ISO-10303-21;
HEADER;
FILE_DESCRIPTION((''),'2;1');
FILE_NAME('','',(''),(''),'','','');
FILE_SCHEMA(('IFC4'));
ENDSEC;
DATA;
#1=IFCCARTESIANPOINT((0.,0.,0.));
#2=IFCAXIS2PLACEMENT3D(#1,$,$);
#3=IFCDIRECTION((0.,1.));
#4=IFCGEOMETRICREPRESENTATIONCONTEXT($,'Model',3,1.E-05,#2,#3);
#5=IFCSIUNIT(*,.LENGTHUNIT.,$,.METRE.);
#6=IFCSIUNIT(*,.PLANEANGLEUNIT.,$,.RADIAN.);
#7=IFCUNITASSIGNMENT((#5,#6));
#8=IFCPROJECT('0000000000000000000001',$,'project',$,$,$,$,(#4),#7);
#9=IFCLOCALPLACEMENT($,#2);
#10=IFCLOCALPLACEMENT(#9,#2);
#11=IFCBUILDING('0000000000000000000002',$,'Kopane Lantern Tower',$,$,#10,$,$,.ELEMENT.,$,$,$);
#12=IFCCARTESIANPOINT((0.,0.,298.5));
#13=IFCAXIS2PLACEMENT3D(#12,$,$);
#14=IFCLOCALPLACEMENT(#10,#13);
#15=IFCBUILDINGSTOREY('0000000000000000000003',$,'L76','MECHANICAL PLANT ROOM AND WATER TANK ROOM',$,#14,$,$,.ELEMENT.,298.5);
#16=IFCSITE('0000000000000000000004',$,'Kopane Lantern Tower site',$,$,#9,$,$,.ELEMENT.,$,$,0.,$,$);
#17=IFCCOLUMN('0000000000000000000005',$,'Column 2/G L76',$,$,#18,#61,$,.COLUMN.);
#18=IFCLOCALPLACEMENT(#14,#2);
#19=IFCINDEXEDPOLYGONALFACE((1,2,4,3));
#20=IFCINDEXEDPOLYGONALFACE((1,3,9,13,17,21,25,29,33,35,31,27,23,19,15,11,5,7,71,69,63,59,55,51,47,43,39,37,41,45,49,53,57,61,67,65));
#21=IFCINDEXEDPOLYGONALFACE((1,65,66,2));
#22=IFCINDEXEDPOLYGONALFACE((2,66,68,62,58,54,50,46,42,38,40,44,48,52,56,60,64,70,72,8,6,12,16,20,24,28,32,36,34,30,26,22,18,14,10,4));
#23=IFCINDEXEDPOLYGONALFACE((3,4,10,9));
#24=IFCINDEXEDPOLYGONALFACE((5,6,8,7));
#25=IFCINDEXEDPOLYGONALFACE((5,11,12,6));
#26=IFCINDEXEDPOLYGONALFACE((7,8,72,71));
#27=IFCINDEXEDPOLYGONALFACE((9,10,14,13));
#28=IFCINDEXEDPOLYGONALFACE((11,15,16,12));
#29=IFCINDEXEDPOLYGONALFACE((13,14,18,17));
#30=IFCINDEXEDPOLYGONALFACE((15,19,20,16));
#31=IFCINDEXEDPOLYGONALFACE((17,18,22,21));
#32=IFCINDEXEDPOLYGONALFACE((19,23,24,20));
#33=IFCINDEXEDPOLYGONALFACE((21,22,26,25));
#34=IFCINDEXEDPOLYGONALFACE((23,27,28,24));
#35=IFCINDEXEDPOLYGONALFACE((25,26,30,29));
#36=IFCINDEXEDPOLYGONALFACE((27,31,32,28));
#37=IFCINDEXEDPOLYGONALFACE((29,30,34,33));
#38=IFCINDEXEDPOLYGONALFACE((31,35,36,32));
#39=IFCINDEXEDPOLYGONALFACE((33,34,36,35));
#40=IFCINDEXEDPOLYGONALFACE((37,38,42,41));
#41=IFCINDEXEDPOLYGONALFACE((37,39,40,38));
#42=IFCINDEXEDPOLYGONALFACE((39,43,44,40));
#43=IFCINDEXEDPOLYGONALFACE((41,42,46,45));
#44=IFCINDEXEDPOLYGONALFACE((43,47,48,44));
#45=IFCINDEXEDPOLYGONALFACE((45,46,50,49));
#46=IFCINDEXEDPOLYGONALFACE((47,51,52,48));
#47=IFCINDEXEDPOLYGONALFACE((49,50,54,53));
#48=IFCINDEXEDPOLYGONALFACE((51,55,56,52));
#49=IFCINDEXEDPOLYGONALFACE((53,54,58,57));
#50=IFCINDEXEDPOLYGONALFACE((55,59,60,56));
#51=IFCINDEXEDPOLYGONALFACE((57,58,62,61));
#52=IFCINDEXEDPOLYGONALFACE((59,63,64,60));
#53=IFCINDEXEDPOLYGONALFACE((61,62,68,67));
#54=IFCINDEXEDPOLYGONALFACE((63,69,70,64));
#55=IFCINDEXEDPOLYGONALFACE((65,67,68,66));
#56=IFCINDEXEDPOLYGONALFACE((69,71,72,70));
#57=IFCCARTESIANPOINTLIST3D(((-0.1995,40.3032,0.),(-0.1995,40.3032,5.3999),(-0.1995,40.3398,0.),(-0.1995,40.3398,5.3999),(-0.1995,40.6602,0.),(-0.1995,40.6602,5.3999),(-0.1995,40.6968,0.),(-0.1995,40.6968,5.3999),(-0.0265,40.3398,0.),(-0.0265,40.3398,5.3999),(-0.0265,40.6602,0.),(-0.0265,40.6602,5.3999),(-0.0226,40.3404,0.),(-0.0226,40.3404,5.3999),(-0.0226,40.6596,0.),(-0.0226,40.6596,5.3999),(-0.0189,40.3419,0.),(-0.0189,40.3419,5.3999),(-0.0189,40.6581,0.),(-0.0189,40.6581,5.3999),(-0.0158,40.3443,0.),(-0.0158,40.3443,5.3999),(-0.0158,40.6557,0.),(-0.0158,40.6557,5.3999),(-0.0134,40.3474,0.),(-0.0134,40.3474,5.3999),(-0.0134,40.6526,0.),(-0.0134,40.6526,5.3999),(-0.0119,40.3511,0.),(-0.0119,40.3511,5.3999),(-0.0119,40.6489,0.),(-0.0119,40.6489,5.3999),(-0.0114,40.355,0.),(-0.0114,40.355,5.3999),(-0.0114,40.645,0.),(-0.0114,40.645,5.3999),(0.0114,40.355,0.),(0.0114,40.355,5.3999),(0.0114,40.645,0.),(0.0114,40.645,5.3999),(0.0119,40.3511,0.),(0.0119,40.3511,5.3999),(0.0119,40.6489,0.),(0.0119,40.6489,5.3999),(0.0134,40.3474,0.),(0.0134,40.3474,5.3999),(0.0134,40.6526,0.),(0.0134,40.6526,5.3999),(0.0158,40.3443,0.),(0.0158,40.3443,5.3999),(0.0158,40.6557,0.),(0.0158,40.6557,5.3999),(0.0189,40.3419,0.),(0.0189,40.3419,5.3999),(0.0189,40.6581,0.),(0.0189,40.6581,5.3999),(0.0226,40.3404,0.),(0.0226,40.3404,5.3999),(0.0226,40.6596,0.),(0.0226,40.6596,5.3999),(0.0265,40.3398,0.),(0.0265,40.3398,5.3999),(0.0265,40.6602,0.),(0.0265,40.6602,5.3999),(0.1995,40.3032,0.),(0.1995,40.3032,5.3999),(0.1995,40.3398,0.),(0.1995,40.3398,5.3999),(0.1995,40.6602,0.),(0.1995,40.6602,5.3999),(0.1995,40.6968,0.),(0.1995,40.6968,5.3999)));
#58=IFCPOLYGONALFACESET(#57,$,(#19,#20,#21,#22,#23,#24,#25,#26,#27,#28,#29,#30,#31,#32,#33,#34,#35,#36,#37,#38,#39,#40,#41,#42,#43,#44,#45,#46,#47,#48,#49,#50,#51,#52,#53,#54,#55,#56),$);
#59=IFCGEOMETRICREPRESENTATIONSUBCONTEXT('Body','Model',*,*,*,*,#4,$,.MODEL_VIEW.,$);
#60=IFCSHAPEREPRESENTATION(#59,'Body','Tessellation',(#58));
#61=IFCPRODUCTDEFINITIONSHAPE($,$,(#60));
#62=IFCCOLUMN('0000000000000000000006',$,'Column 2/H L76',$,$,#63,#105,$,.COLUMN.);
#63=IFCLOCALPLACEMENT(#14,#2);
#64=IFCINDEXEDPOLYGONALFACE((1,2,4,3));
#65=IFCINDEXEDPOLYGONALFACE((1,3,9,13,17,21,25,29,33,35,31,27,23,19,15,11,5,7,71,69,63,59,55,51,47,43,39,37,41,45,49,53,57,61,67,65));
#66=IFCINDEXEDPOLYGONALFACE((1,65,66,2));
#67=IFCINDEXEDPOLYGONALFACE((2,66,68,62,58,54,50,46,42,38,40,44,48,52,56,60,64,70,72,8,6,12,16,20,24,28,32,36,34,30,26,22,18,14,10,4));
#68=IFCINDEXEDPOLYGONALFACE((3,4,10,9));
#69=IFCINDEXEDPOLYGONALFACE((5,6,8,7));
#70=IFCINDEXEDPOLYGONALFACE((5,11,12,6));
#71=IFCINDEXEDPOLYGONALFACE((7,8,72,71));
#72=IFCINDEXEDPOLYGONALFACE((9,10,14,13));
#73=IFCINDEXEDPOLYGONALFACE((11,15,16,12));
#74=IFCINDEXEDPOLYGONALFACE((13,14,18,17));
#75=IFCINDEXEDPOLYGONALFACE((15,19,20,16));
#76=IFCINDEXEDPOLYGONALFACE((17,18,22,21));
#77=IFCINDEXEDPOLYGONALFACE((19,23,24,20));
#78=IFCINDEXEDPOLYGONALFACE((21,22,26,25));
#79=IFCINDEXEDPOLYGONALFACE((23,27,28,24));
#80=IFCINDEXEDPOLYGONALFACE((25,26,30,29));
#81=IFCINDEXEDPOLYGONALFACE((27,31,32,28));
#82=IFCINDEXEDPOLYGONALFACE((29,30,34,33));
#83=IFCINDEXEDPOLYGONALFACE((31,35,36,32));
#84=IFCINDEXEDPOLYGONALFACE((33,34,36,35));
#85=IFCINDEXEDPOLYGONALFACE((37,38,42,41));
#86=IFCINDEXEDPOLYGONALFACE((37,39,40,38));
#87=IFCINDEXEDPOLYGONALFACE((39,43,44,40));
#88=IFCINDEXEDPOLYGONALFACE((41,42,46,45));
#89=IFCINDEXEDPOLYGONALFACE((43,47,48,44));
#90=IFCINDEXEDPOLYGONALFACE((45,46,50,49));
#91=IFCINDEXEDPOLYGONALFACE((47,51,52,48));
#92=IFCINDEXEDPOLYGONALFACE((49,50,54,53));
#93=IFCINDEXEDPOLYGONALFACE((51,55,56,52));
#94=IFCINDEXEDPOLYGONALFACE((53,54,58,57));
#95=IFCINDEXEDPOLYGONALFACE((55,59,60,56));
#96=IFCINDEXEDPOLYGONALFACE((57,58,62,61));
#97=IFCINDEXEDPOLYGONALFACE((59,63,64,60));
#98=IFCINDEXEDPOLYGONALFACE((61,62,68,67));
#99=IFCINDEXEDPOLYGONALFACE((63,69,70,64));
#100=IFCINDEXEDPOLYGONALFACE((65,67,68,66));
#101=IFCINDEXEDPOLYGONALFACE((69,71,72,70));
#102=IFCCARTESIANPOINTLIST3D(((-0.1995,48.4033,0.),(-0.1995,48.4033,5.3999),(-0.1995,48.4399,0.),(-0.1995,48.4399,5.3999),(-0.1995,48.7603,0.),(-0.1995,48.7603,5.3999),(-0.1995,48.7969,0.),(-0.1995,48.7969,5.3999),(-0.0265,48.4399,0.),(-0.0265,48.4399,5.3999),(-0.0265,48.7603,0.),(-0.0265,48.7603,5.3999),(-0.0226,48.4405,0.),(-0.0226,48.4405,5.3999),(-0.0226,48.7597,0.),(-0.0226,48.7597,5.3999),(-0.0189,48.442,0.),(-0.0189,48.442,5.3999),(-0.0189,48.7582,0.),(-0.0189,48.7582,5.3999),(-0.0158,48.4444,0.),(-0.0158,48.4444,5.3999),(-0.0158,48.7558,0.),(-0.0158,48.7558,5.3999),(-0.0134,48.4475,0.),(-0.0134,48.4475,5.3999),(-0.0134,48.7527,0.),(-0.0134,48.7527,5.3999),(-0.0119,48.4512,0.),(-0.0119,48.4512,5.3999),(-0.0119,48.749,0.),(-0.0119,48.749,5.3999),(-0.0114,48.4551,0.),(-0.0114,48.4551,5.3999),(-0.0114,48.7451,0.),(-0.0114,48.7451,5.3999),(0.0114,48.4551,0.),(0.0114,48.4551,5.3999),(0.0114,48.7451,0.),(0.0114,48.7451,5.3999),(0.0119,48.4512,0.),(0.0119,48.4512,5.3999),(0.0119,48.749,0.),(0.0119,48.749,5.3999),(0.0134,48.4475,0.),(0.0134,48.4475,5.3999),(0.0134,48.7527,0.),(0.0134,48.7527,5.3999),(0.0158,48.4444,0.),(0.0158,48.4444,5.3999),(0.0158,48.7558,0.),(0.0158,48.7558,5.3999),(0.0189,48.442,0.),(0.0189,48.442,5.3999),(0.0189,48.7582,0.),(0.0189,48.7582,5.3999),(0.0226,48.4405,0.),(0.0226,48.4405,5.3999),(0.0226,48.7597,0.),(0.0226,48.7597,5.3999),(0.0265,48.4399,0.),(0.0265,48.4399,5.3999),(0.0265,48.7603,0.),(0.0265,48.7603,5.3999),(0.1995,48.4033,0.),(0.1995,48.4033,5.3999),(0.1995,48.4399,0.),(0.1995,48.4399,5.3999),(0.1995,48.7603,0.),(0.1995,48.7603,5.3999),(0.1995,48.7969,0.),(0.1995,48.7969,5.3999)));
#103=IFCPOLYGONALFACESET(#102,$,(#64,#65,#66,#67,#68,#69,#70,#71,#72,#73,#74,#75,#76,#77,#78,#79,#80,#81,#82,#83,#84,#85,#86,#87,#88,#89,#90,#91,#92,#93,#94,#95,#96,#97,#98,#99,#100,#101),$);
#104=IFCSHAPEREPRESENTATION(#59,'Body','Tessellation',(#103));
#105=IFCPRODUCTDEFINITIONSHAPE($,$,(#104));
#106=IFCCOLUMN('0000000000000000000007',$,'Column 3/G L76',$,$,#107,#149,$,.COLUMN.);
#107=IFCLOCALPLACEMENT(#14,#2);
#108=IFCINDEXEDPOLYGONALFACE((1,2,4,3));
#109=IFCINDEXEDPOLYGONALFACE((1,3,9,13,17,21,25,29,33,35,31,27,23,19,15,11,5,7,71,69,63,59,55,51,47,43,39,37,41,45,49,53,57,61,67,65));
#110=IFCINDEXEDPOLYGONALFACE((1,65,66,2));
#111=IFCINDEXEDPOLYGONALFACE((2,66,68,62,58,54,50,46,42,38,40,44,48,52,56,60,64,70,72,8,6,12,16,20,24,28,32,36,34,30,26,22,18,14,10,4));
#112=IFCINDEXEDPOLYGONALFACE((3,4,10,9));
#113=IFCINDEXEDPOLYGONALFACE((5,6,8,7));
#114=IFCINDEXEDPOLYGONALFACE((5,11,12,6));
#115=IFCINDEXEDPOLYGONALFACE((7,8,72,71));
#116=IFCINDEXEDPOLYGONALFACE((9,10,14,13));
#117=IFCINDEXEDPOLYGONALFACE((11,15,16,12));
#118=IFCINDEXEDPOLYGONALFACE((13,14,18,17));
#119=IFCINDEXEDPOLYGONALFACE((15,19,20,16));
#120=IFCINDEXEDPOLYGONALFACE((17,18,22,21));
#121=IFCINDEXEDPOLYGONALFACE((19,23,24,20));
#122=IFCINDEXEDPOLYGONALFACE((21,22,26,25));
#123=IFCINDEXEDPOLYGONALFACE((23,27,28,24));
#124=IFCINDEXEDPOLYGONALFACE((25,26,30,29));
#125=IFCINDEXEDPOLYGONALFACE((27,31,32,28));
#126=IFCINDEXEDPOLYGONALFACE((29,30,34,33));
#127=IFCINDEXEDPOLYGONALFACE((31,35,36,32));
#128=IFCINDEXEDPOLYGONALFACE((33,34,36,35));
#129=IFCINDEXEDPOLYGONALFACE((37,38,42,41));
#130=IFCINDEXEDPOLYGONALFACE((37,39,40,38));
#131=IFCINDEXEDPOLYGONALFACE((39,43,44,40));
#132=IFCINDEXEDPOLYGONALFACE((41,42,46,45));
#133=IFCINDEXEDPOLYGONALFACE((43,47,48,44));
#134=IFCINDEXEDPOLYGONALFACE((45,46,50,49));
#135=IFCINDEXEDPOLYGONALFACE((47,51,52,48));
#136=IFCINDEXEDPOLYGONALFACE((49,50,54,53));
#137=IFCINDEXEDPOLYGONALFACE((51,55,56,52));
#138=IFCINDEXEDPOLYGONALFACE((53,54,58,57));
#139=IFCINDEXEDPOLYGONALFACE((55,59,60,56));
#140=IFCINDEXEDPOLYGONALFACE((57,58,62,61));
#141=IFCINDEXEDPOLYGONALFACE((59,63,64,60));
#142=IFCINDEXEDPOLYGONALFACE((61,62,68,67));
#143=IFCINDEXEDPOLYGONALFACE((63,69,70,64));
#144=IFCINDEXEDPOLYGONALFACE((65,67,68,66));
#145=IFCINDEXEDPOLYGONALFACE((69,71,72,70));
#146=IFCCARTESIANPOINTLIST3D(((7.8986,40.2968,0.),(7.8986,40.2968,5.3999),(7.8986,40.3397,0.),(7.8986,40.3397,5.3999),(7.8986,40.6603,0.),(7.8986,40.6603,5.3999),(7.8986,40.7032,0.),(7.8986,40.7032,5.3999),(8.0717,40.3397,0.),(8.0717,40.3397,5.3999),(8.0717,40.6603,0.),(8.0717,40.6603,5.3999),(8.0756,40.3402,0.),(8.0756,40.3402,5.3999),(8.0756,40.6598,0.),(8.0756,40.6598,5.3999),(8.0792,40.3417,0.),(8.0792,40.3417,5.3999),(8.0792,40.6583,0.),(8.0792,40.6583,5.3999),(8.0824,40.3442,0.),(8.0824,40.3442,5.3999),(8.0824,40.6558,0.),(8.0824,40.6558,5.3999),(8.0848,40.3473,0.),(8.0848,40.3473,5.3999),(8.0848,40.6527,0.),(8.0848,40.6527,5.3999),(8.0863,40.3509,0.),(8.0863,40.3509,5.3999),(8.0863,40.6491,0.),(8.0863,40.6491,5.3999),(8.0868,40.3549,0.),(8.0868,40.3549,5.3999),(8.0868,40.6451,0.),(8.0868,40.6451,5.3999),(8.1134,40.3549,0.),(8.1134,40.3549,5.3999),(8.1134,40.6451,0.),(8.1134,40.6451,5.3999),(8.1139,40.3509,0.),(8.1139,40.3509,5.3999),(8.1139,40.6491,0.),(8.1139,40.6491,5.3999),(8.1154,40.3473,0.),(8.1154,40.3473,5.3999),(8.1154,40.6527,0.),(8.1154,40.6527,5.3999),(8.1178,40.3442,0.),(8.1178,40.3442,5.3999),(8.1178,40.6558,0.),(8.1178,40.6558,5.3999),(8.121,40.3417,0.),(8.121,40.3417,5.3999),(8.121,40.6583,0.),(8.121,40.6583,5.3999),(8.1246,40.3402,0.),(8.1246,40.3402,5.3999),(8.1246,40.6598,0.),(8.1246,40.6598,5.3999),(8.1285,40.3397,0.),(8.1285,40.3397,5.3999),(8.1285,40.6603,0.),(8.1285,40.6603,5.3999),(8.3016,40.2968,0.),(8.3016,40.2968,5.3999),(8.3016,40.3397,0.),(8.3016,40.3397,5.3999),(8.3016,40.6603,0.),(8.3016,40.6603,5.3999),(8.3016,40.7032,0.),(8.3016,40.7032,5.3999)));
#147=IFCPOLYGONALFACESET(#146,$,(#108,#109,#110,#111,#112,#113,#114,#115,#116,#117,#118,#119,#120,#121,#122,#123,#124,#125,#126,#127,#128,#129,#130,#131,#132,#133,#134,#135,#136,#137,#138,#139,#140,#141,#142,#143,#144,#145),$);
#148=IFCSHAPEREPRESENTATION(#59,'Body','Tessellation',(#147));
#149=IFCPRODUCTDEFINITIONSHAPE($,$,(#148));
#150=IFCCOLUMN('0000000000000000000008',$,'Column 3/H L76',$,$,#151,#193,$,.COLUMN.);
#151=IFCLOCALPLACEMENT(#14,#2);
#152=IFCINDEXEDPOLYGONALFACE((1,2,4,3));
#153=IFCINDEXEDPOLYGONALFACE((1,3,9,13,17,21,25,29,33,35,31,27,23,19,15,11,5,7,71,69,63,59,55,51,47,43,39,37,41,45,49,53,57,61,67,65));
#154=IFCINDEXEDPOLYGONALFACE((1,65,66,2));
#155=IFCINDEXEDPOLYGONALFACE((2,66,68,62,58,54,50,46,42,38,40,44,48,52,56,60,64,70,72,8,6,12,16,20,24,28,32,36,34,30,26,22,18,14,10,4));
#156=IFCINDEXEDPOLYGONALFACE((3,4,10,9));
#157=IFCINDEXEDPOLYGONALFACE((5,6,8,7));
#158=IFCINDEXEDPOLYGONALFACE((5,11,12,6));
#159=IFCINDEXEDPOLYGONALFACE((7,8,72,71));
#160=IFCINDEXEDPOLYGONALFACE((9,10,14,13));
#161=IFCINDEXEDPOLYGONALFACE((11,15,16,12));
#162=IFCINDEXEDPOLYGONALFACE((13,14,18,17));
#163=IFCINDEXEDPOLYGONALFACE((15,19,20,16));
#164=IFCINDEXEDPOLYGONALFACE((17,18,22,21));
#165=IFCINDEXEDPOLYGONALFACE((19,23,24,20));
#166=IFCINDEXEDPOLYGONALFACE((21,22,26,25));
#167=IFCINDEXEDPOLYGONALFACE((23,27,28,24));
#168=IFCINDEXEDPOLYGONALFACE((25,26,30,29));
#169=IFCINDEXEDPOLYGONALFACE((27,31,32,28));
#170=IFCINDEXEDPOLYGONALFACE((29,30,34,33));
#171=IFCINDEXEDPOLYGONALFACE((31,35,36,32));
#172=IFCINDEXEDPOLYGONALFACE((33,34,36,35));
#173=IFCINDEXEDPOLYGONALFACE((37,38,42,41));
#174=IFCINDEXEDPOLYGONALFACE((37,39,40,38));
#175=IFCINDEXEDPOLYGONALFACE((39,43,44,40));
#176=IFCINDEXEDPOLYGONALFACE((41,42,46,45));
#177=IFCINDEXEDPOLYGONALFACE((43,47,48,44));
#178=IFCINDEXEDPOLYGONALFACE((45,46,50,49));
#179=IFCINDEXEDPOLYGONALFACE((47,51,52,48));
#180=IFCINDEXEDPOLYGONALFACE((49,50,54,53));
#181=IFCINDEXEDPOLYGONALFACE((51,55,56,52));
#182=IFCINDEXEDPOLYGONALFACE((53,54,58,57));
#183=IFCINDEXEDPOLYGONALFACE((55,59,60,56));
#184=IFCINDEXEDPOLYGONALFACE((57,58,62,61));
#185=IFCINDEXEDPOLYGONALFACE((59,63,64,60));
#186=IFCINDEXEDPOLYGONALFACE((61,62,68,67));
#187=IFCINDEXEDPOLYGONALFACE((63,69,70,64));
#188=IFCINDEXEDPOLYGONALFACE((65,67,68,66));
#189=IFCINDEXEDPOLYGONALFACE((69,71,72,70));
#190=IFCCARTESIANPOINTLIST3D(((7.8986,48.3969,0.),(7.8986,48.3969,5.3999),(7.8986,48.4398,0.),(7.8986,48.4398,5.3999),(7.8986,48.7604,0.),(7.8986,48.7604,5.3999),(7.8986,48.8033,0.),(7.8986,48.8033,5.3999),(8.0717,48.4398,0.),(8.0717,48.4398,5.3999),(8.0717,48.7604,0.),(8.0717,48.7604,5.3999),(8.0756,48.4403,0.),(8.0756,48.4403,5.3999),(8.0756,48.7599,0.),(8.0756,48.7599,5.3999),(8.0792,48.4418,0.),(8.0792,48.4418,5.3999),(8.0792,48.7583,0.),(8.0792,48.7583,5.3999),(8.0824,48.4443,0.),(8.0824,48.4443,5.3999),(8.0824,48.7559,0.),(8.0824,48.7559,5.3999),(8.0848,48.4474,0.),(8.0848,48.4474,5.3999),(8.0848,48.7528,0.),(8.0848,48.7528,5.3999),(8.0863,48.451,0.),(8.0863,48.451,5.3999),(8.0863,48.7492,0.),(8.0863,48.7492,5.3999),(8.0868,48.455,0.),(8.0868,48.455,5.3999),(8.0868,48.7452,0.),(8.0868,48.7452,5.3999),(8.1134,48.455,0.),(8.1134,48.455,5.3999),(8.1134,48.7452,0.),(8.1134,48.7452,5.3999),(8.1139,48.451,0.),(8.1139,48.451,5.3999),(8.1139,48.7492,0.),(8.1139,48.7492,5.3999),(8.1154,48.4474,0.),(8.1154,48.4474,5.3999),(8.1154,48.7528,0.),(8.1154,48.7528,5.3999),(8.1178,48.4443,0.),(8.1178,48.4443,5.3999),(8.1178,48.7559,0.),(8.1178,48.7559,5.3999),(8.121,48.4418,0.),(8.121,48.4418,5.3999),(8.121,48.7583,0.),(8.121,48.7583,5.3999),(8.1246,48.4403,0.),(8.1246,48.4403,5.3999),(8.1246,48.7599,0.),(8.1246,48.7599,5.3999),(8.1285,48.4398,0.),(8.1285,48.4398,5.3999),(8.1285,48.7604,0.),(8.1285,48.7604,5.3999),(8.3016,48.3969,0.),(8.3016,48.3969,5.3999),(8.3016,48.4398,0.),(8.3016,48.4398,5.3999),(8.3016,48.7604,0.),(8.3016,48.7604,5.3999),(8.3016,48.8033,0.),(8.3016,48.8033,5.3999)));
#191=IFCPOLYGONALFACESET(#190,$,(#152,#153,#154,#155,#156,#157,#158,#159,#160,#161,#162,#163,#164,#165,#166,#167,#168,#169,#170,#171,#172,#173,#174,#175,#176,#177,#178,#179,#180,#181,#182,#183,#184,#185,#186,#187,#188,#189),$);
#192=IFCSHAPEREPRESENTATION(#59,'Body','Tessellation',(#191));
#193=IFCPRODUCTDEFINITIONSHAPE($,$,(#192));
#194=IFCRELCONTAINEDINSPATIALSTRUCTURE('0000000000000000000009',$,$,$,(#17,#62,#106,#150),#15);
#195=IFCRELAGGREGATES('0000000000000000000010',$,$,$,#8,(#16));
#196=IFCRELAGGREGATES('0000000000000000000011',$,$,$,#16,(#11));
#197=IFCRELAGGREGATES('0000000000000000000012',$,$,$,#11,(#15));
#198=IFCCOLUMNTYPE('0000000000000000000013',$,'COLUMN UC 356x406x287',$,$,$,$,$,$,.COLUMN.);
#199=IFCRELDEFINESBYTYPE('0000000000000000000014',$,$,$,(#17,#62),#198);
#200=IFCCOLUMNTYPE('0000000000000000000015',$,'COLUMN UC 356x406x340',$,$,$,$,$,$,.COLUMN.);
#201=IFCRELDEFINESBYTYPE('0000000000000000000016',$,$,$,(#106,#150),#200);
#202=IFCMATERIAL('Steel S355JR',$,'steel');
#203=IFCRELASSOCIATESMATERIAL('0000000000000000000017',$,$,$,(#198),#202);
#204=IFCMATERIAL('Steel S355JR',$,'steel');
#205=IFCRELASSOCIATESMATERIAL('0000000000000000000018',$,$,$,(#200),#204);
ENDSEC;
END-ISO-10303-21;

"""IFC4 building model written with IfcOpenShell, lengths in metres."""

from ifc_helpers import new_model, si_unit, direction, frame, origin, origin_2d, place, context, subcontext, project, spatial, i_section, extrude, material, material_profile, profile_set, type_object, element, save


model = new_model("IFC4")

# Units and contexts
model_context = context("Model", 3, precision=1e-05, world=origin(), true_north=direction((0.0, 1.0)))
body_context = subcontext(model_context, "Body", "Model", "MODEL_VIEW")
ifc_project = project(units=[si_unit("LENGTHUNIT", "METRE"), si_unit("PLANEANGLEUNIT", "RADIAN")], contexts=[model_context])

# Site, building, storey
site_placement = place(None, origin())
site = spatial("IfcSite", under=ifc_project, at=site_placement, Name="Kopane Lantern Tower site", CompositionType="ELEMENT", RefElevation=0.0)
building_placement = place(site_placement, origin())
building = spatial("IfcBuilding", under=site, at=building_placement, Name="Kopane Lantern Tower", CompositionType="ELEMENT")
storey_placement = place(building_placement, frame((0.0, 0.0, 298.5)))
storey = spatial("IfcBuildingStorey", under=building, at=storey_placement, Name="L76", Description="MECHANICAL PLANT ROOM AND WATER TANK ROOM", CompositionType="ELEMENT", Elevation=298.5)

# Columns
ifc_material_1 = material(Name="Steel S355JR", Category="steel")
ifc_material_profile_1 = material_profile(ifc_material_1, i_section(OverallWidth=0.3989, OverallDepth=0.3936, WebThickness=0.0227, FlangeThickness=0.0366, FilletRadius=0.0151, at=origin_2d()), Name="UC 356x406x287")
ifc_profile_set_1 = profile_set([ifc_material_profile_1], Name="Steel S355JR")
column_type_1 = type_object("IfcColumnType", Name="COLUMN UC 356x406x287", PredefinedType="COLUMN", material=ifc_profile_set_1)
for number, where, z_axis, x_axis, name in (
    (1, (0.0, 40.5, 0.0), (0.0, 0.0, 1.0), (1.0, 0.0, 0.0), "Column 2/G L76"),
    (2, (0.0, 48.6001, 0.0), (0.0, 0.0, 1.0), (1.0, 0.0, 0.0), "Column 2/H L76"),
):
    element("IfcColumn", number, at=place(storey_placement, frame(where, z_axis=z_axis, x_axis=x_axis)), inside=storey, type_object=column_type_1, Name=name, PredefinedType="COLUMN", context=body_context, shape_type="SweptSolid", body=[
        extrude(i_section(OverallWidth=0.3989, OverallDepth=0.3936, WebThickness=0.0227, FlangeThickness=0.0366, FilletRadius=0.0151, at=origin_2d()), origin(), (0.0, 0.0, 1.0), 5.3999),
    ])
ifc_material_2 = material(Name="Steel S355JR", Category="steel")
ifc_material_profile_2 = material_profile(ifc_material_2, i_section(OverallWidth=0.4031, OverallDepth=0.4065, WebThickness=0.0266, FlangeThickness=0.043, FilletRadius=0.0151, at=origin_2d()), Name="UC 356x406x340")
ifc_profile_set_2 = profile_set([ifc_material_profile_2], Name="Steel S355JR")
column_type_2 = type_object("IfcColumnType", Name="COLUMN UC 356x406x340", PredefinedType="COLUMN", material=ifc_profile_set_2)
for number, where, z_axis, x_axis, name in (
    (3, (8.1001, 40.5, 0.0), (0.0, 0.0, 1.0), (1.0, 0.0, 0.0), "Column 3/G L76"),
    (4, (8.1001, 48.6001, 0.0), (0.0, 0.0, 1.0), (1.0, 0.0, 0.0), "Column 3/H L76"),
):
    element("IfcColumn", number, at=place(storey_placement, frame(where, z_axis=z_axis, x_axis=x_axis)), inside=storey, type_object=column_type_2, Name=name, PredefinedType="COLUMN", context=body_context, shape_type="SweptSolid", body=[
        extrude(i_section(OverallWidth=0.4031, OverallDepth=0.4065, WebThickness=0.0266, FlangeThickness=0.043, FilletRadius=0.0151, at=origin_2d()), origin(), (0.0, 0.0, 1.0), 5.3999),
    ])

save(model, "model.ifc")
